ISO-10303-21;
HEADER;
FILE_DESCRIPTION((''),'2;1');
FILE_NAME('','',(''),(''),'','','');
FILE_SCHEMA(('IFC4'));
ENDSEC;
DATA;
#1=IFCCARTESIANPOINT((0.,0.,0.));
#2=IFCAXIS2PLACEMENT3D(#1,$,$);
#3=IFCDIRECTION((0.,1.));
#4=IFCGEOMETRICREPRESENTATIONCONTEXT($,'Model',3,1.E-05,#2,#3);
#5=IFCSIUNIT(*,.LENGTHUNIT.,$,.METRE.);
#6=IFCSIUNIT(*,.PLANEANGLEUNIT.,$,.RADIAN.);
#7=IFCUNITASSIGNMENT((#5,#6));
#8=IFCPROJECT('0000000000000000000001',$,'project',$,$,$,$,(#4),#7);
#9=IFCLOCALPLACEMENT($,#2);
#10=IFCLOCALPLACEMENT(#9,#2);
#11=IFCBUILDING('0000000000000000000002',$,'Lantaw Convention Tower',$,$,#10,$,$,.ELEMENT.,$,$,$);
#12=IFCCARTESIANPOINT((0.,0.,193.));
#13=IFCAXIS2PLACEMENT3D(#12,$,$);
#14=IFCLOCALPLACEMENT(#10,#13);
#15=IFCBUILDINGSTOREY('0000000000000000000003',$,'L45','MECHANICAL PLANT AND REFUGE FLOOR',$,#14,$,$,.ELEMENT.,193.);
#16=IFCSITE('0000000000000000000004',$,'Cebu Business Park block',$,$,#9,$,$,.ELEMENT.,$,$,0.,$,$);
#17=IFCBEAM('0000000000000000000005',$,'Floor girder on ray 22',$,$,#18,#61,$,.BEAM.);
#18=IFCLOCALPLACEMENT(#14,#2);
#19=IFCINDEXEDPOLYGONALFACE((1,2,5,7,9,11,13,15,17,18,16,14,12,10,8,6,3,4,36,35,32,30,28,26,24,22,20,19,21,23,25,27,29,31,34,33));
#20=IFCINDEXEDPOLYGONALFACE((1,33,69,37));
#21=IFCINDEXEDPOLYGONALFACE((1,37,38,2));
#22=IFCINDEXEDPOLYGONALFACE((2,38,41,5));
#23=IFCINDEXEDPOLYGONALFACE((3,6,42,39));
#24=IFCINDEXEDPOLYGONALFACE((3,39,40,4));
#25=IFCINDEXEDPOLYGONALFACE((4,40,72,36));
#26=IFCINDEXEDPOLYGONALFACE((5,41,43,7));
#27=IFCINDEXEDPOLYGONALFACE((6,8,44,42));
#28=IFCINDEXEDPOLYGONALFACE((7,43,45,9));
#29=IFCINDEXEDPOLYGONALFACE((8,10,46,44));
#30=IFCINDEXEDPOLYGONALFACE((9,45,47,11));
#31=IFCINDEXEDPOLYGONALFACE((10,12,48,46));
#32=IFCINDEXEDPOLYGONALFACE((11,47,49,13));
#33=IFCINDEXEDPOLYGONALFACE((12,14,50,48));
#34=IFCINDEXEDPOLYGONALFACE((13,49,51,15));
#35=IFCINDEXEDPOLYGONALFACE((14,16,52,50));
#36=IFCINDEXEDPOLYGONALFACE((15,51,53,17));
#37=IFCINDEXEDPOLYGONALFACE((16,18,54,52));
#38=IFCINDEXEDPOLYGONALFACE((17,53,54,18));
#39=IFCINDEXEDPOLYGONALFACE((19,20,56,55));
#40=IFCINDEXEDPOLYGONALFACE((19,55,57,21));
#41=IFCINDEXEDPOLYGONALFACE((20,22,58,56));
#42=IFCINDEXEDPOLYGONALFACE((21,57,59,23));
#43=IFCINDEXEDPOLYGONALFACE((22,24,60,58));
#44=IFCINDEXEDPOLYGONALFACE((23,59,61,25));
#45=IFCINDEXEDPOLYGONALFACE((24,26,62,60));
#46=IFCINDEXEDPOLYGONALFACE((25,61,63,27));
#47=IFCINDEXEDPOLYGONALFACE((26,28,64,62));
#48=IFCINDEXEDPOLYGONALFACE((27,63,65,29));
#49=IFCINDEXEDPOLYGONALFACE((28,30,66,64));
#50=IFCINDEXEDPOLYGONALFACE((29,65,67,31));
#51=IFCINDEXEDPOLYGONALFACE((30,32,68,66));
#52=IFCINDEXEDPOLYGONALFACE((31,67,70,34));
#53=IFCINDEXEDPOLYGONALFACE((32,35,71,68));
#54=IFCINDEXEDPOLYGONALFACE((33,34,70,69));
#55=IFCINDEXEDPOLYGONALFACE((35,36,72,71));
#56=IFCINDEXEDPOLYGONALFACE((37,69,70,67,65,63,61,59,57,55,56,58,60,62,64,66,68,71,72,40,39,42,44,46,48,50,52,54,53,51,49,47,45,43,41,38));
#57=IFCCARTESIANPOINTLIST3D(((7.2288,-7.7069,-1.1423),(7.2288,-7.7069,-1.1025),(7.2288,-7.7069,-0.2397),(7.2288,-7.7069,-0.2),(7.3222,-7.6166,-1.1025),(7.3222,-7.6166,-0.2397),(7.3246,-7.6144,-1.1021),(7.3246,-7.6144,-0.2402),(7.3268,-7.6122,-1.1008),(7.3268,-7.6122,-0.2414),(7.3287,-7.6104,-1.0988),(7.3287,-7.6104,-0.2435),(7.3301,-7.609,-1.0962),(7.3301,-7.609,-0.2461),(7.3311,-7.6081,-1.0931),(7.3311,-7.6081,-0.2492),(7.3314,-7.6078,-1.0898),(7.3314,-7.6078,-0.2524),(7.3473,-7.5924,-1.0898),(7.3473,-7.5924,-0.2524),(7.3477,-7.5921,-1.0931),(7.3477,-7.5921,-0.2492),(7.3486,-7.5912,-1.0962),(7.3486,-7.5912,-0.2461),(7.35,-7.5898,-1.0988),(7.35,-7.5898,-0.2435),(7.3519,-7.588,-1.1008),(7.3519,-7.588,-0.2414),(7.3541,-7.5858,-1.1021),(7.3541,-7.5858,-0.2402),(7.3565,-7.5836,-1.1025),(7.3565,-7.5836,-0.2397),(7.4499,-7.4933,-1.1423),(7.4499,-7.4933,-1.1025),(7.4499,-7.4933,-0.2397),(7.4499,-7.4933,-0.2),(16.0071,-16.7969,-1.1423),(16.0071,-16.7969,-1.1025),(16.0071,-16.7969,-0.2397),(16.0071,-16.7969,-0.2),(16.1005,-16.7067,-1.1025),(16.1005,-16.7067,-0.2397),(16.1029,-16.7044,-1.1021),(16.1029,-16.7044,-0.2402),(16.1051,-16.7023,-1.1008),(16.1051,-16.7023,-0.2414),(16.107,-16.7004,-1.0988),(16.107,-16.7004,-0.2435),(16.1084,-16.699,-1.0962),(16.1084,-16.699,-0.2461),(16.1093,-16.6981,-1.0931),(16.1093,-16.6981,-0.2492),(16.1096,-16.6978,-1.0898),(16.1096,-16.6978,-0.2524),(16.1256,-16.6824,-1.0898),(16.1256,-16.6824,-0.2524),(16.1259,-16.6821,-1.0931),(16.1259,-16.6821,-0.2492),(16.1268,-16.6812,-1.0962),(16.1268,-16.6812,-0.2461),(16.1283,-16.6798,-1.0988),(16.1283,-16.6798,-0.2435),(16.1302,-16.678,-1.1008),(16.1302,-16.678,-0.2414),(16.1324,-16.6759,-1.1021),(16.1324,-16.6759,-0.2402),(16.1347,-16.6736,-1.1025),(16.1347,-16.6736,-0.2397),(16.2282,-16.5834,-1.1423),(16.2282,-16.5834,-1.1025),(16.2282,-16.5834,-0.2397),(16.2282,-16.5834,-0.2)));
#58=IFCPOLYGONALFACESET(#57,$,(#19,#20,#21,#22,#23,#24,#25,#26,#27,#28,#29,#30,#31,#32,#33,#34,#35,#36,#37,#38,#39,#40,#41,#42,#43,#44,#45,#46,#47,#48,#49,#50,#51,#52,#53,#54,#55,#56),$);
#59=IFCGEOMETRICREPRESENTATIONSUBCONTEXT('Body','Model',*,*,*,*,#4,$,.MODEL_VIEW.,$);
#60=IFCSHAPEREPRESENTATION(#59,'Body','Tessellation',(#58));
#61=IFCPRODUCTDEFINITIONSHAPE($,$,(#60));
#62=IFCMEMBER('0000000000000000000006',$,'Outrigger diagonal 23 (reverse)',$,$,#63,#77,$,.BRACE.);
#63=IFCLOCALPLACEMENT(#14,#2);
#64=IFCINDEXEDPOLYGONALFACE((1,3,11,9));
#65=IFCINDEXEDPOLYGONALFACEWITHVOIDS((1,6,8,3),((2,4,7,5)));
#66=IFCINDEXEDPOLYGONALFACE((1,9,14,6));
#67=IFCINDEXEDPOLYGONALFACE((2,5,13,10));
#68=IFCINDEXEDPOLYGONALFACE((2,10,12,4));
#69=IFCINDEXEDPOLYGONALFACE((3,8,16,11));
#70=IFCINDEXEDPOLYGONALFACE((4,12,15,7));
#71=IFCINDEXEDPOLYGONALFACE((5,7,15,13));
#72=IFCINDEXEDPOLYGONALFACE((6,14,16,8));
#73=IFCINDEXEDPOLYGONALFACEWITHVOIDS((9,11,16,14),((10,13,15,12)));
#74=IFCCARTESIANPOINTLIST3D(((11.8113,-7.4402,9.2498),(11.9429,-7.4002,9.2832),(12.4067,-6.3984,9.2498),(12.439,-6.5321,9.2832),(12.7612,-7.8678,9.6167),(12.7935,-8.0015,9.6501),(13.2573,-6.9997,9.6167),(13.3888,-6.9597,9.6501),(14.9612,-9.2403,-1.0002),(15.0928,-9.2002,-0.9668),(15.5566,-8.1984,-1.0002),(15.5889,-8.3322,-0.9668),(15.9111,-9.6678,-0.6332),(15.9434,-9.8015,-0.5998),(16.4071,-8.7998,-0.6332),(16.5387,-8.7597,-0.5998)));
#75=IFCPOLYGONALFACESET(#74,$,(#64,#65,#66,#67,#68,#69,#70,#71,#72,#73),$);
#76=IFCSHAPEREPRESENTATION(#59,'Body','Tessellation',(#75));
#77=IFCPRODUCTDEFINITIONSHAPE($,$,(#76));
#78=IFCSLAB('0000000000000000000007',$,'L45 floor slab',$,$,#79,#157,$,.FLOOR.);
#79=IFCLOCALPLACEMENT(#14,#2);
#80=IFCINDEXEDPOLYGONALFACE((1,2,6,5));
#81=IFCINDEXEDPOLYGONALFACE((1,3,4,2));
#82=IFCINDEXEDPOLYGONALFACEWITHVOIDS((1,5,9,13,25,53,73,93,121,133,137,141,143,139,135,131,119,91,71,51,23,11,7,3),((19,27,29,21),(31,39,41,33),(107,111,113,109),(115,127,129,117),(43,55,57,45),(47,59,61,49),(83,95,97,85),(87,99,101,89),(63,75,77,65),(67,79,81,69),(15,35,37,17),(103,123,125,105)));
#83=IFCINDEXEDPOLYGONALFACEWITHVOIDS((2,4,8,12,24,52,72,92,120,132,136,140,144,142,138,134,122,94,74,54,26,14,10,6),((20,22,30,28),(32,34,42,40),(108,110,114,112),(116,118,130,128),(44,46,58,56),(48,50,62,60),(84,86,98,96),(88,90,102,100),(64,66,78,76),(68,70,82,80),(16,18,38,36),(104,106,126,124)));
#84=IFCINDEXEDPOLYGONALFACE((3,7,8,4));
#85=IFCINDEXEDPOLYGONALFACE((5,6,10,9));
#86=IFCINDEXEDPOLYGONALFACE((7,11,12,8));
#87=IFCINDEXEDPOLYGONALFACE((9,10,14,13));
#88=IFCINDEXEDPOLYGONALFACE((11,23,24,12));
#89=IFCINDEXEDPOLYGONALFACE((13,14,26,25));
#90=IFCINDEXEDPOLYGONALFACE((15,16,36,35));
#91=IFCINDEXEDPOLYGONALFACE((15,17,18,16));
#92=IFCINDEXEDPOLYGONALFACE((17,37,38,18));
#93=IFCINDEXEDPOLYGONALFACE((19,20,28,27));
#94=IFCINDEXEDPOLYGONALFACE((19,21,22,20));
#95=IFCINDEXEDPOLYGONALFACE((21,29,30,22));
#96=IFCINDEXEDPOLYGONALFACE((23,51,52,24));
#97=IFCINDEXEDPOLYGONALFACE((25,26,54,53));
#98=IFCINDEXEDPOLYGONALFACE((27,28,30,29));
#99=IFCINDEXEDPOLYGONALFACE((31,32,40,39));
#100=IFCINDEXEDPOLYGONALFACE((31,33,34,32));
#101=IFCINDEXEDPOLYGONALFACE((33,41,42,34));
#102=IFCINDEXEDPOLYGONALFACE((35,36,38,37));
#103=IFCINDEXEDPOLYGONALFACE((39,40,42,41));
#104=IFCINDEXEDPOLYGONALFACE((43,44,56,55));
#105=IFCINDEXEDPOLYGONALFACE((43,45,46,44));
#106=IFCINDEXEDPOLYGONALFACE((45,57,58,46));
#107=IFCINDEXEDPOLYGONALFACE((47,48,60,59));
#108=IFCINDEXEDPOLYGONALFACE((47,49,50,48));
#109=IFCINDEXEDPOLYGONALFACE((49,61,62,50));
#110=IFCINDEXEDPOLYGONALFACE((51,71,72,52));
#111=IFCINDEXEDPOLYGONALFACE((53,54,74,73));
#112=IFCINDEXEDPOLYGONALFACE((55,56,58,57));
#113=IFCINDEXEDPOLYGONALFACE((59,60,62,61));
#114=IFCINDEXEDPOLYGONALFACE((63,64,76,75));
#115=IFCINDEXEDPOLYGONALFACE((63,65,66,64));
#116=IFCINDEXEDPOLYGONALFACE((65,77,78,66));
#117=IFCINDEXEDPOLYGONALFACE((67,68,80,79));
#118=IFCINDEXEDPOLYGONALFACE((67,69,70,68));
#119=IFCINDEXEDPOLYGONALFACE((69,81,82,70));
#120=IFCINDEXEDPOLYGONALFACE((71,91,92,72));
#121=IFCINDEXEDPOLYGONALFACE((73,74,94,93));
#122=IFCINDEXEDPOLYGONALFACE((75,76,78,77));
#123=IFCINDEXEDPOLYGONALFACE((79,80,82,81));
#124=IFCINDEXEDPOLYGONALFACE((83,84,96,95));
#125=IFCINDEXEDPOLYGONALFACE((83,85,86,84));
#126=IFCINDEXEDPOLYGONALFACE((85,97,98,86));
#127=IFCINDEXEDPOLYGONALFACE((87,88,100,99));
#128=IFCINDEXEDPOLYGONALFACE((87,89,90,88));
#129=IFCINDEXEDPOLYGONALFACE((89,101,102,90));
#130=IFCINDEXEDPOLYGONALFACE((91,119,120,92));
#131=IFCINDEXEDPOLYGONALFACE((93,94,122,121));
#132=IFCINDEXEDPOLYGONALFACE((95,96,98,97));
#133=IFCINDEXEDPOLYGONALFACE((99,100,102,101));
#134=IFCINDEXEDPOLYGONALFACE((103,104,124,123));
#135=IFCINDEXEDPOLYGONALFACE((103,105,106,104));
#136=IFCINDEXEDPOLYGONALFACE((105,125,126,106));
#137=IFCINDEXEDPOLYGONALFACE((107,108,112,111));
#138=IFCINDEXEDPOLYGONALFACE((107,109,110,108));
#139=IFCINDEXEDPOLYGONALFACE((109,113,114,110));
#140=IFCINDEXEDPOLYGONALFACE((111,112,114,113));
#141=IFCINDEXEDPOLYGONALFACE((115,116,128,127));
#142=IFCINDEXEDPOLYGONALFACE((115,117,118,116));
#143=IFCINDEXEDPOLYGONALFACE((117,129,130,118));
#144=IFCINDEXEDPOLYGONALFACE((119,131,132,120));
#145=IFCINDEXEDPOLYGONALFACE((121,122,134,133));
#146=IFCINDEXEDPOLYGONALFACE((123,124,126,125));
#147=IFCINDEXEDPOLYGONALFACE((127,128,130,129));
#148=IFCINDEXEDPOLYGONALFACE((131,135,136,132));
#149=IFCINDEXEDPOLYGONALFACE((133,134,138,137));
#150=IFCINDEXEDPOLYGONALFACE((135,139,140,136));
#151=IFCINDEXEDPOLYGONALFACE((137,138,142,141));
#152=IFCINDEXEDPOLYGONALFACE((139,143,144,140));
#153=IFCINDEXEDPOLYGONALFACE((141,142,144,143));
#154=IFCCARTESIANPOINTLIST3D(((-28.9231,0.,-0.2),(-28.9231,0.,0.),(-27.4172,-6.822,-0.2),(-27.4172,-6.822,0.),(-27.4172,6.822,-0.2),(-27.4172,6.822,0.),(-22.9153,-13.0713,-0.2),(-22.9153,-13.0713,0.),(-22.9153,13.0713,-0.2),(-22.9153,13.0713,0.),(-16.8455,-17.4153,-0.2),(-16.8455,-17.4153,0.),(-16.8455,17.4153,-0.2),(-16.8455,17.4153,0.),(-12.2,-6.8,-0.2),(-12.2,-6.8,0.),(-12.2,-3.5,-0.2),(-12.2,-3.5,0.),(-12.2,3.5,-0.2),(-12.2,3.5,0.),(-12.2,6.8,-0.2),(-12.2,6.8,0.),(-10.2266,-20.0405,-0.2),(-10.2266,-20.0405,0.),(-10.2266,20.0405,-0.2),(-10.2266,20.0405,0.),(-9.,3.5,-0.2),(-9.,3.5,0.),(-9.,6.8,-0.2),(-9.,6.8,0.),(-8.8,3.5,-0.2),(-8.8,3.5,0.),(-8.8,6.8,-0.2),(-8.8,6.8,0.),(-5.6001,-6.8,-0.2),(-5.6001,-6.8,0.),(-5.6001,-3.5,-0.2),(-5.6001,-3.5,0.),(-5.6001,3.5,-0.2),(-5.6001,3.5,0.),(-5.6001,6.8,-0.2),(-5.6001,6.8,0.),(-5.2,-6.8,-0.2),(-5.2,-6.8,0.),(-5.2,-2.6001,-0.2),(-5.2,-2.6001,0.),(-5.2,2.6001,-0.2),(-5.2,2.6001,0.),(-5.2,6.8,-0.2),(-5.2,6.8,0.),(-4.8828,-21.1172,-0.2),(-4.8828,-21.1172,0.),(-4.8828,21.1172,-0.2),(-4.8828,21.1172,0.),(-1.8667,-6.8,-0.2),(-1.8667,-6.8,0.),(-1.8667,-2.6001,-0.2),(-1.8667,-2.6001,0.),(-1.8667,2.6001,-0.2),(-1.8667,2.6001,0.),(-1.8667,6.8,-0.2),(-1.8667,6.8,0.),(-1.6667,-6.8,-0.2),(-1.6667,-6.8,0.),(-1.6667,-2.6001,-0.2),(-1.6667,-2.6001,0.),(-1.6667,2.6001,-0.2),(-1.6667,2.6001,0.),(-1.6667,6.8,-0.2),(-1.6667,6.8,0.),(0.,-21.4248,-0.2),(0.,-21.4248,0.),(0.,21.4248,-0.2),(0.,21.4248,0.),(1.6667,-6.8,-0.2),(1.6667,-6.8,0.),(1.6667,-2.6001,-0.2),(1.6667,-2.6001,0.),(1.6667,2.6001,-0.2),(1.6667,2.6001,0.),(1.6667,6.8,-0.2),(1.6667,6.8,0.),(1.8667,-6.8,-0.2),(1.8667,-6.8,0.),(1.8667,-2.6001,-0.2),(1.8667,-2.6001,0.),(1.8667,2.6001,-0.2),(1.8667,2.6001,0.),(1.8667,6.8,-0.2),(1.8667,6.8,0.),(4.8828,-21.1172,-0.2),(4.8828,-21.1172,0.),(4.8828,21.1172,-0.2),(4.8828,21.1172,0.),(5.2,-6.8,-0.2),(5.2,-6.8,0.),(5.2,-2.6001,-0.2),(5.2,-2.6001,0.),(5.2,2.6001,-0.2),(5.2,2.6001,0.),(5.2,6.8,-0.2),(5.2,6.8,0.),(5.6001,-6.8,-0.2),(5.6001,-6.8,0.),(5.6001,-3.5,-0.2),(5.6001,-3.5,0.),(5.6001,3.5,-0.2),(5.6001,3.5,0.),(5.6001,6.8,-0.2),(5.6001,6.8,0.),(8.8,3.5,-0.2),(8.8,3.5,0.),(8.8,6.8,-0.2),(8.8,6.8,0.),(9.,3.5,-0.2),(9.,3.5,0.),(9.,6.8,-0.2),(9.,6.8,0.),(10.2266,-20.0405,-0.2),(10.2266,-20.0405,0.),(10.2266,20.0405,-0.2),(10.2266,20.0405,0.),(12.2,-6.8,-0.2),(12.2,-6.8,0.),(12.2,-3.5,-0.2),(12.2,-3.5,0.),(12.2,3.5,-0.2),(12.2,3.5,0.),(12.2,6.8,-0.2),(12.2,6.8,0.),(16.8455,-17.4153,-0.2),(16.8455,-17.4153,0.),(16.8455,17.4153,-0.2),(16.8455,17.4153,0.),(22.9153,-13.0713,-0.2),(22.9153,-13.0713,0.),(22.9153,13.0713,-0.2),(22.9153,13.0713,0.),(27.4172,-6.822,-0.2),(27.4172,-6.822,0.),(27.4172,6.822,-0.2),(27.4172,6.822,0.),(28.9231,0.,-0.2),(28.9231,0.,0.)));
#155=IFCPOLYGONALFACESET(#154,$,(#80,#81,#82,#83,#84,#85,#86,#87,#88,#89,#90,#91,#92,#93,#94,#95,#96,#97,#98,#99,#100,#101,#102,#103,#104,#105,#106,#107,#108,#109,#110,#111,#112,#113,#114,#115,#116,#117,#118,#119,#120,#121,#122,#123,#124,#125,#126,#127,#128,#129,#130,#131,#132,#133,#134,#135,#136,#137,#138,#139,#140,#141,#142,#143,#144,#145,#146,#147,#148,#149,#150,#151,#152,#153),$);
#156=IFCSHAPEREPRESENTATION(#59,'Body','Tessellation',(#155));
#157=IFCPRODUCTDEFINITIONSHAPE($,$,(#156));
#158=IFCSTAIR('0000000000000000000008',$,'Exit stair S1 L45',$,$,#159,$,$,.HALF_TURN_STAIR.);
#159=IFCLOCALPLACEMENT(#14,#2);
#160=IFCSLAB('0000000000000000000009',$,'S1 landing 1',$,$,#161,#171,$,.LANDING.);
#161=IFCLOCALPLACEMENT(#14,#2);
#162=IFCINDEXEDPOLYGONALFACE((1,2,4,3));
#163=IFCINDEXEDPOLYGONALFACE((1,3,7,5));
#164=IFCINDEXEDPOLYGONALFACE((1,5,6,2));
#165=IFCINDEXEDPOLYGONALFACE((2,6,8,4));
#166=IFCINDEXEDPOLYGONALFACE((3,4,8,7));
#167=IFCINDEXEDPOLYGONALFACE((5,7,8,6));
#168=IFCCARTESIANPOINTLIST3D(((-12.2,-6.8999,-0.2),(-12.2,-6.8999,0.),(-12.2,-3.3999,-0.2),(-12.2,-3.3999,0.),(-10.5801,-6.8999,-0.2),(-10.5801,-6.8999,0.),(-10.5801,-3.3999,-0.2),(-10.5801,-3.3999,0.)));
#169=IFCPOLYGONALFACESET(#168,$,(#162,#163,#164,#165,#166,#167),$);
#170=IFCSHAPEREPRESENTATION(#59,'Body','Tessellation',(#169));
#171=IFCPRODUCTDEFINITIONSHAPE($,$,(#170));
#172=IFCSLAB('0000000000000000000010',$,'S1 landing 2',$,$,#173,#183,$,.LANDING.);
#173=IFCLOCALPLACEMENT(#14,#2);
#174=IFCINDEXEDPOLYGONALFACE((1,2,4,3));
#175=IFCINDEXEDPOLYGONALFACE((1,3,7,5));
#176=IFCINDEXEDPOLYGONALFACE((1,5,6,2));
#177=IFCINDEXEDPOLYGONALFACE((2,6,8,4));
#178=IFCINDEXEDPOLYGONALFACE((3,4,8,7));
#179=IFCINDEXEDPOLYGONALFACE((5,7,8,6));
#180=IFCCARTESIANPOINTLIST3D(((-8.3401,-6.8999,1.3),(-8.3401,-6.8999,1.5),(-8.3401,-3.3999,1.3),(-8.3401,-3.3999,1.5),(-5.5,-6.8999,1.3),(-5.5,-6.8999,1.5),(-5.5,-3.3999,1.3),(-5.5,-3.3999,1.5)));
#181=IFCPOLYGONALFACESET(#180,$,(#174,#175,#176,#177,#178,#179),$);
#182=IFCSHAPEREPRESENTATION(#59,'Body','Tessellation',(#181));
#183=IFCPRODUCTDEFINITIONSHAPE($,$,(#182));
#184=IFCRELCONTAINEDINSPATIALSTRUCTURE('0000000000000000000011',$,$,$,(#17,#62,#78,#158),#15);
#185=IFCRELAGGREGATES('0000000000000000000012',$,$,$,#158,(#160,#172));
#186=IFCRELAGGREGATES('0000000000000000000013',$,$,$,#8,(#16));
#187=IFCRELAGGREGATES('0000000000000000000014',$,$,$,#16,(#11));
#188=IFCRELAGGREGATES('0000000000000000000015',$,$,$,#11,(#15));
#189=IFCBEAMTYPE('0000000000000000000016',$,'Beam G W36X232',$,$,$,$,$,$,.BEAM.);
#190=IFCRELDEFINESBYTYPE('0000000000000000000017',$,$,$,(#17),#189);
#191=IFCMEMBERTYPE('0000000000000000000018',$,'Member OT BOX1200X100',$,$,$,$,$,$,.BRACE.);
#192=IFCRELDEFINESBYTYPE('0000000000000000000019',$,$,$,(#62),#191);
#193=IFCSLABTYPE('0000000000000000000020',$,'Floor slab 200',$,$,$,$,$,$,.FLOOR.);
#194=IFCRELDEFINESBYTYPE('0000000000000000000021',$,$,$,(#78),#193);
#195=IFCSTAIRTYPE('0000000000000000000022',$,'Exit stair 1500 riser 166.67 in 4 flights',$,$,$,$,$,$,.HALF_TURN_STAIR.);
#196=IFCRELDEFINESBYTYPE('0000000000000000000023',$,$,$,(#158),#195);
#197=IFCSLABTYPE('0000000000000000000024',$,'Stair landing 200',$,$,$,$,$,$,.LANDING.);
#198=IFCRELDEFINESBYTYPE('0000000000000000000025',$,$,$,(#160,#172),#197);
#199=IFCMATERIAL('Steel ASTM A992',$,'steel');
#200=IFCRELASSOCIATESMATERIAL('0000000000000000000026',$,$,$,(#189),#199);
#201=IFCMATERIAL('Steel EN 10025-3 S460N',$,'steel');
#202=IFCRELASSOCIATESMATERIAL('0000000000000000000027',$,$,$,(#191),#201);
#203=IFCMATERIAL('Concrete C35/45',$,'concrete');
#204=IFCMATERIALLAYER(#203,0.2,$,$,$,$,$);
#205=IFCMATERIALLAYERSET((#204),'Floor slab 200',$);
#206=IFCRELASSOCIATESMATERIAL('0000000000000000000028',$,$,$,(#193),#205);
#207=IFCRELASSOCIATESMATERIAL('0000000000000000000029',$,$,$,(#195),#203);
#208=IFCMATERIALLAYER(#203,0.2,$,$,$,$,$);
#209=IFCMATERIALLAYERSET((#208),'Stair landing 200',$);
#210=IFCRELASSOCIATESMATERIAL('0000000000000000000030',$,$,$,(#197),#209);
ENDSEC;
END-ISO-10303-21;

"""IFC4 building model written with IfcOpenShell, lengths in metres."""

from ifc_helpers import new_model, si_unit, direction, frame, origin, origin_2d, place, context, subcontext, project, spatial, polyline, hollow_rectangle, i_section, outline, extrude, material, layer, layer_set, material_profile, profile_set, type_object, element, aggregate, save


model = new_model("IFC4")

# Units and contexts
model_context = context("Model", 3, precision=1e-05, world=origin(), true_north=direction((0.0, 1.0)))
body_context = subcontext(model_context, "Body", "Model", "MODEL_VIEW")
ifc_project = project(units=[si_unit("LENGTHUNIT", "METRE"), si_unit("PLANEANGLEUNIT", "RADIAN")], contexts=[model_context])

# Site, building, storey
site_placement = place(None, origin())
site = spatial("IfcSite", under=ifc_project, at=site_placement, Name="Cebu Business Park block", CompositionType="ELEMENT", RefElevation=0.0)
building_placement = place(site_placement, origin())
building = spatial("IfcBuilding", under=site, at=building_placement, Name="Lantaw Convention Tower", CompositionType="ELEMENT")
storey_placement = place(building_placement, frame((0.0, 0.0, 193.0)))
storey = spatial("IfcBuildingStorey", under=building, at=storey_placement, Name="L45", Description="MECHANICAL PLANT AND REFUGE FLOOR", CompositionType="ELEMENT", Elevation=193.0)

# Beam
ifc_material_1 = material(Name="Steel ASTM A992", Category="steel")
ifc_material_profile_1 = material_profile(ifc_material_1, i_section(OverallWidth=0.3074, OverallDepth=0.9424, WebThickness=0.0222, FlangeThickness=0.0398, FilletRadius=0.0127, at=origin_2d()), Name="W36X232")
ifc_profile_set_1 = profile_set([ifc_material_profile_1], Name="Steel ASTM A992")
beam_type = type_object("IfcBeamType", Name="Beam G W36X232", PredefinedType="BEAM", material=ifc_profile_set_1)
beam_placement = place(storey_placement, frame((7.3394, -7.6001, -0.6711), z_axis=(0.694663, -0.719335, 0.0), x_axis=(0.719335, 0.694663, 0.0)))
element("IfcBeam", 1, at=beam_placement, inside=storey, type_object=beam_type, Name="Floor girder on ray 22", PredefinedType="BEAM", context=body_context, shape_type="SweptSolid", body=[
    extrude(i_section(OverallWidth=0.3074, OverallDepth=0.9424, WebThickness=0.0222, FlangeThickness=0.0398, FilletRadius=0.0127, at=origin_2d()), origin(), (0.0, 0.0, 1.0), 12.6367),
])

# Member
ifc_material_2 = material(Name="Steel EN 10025-3 S460N", Category="steel")
ifc_material_profile_2 = material_profile(ifc_material_2, hollow_rectangle(XDim=1.2, YDim=1.2, WallThickness=0.1001, at=origin_2d()), Name="BOX1200X100")
ifc_profile_set_2 = profile_set([ifc_material_profile_2], Name="Steel EN 10025-3 S460N")
member_type = type_object("IfcMemberType", Name="Member OT BOX1200X100", PredefinedType="BRACE", material=ifc_profile_set_2)
member_placement = place(storey_placement, frame((12.6001, -7.2, 9.45), z_axis=(0.289696, -0.16555, -0.942692), x_axis=(0.496161, 0.868231, 0.0)))
element("IfcMember", 2, at=member_placement, inside=storey, type_object=member_type, Name="Outrigger diagonal 23 (reverse)", PredefinedType="BRACE", context=body_context, shape_type="SweptSolid", body=[
    extrude(hollow_rectangle(XDim=1.2, YDim=1.2, WallThickness=0.1001, at=origin_2d()), origin(), (0.0, 0.0, 1.0), 10.873),
])

# Slab
ifc_material_3 = material(Name="Concrete C35/45", Category="concrete")
ifc_layer_1 = layer(ifc_material_3, 0.2)
ifc_layer_set_1 = layer_set([ifc_layer_1], Name="Floor slab 200")
slab_type_1 = type_object("IfcSlabType", Name="Floor slab 200", PredefinedType="FLOOR", material=ifc_layer_set_1)
slab_1_placement = place(storey_placement, frame((0.0, 0.0, -0.2)))
element("IfcSlab", 3, at=slab_1_placement, inside=storey, type_object=slab_type_1, Name="L45 floor slab", PredefinedType="FLOOR", context=body_context, shape_type="SweptSolid", body=[
    extrude(outline(polyline([(27.4172, -6.822), (28.9231, 0.0), (27.4172, 6.822), (22.9153, 13.0713), (16.8455, 17.4153), (10.2266, 20.0405), (4.8828, 21.1172), (0.0, 21.4248), (-4.8828, 21.1172), (-10.2266, 20.0405), (-16.8455, 17.4153), (-22.9153, 13.0713), (-27.4172, 6.822), (-28.9231, 0.0), (-27.4172, -6.822), (-22.9153, -13.0713), (-16.8455, -17.4153), (-10.2266, -20.0405), (-4.8828, -21.1172), (0.0, -21.4248), (4.8828, -21.1172), (10.2266, -20.0405), (16.8455, -17.4153), (22.9153, -13.0713), (27.4172, -6.822)]), holes=[polyline([(-5.6001, -3.5), (-12.2, -3.5), (-12.2, -6.8), (-5.6001, -6.8), (-5.6001, -3.5)]), polyline([(-1.8667, -6.8), (-1.8667, -2.6001), (-5.2, -2.6001), (-5.2, -6.8), (-1.8667, -6.8)]), polyline([(-1.8667, 2.6001), (-1.8667, 6.8), (-5.2, 6.8), (-5.2, 2.6001), (-1.8667, 2.6001)]), polyline([(1.6667, 6.8), (-1.6667, 6.8), (-1.6667, 2.6001), (1.6667, 2.6001), (1.6667, 6.8)]), polyline([(-9.0, 3.5), (-9.0, 6.8), (-12.2, 6.8), (-12.2, 3.5), (-9.0, 3.5)]), polyline([(-5.6001, 3.5), (-5.6001, 6.8), (-8.8, 6.8), (-8.8, 3.5), (-5.6001, 3.5)]), polyline([(12.2, -3.5), (5.6001, -3.5), (5.6001, -6.8), (12.2, -6.8), (12.2, -3.5)]), polyline([(1.6667, -6.8), (1.6667, -2.6001), (-1.6667, -2.6001), (-1.6667, -6.8), (1.6667, -6.8)]), polyline([(5.2, -6.8), (5.2, -2.6001), (1.8667, -2.6001), (1.8667, -6.8), (5.2, -6.8)]), polyline([(5.2, 6.8), (1.8667, 6.8), (1.8667, 2.6001), (5.2, 2.6001), (5.2, 6.8)]), polyline([(8.8, 3.5), (8.8, 6.8), (5.6001, 6.8), (5.6001, 3.5), (8.8, 3.5)]), polyline([(12.2, 3.5), (12.2, 6.8), (9.0, 6.8), (9.0, 3.5), (12.2, 3.5)])]), origin(), (0.0, 0.0, 1.0), 0.2),
])

# Stair, slabs
stair_type = type_object("IfcStairType", Name="Exit stair 1500 riser 166.67 in 4 flights", PredefinedType="HALF_TURN_STAIR", material=ifc_material_3)
stair_1_placement = place(storey_placement, origin())
stair_1 = element("IfcStair", 4, at=stair_1_placement, inside=storey, type_object=stair_type, Name="Exit stair S1 L45", PredefinedType="HALF_TURN_STAIR")
ifc_layer_2 = layer(ifc_material_3, 0.2)
ifc_layer_set_2 = layer_set([ifc_layer_2], Name="Stair landing 200")
slab_type_2 = type_object("IfcSlabType", Name="Stair landing 200", PredefinedType="LANDING", material=ifc_layer_set_2)
slab_2_placement = place(storey_placement, frame((0.0, 0.0, -0.2)))
slab_2 = element("IfcSlab", 5, at=slab_2_placement, type_object=slab_type_2, Name="S1 landing 1", PredefinedType="LANDING", context=body_context, shape_type="SweptSolid", body=[
    extrude(outline(polyline([(-12.2, -6.8999), (-10.5801, -6.8999), (-10.5801, -3.3999), (-12.2, -3.3999), (-12.2, -6.8999)])), origin(), (0.0, 0.0, 1.0), 0.2),
])
slab_3_placement = place(storey_placement, frame((0.0, 0.0, 1.3)))
slab_3 = element("IfcSlab", 6, at=slab_3_placement, type_object=slab_type_2, Name="S1 landing 2", PredefinedType="LANDING", context=body_context, shape_type="SweptSolid", body=[
    extrude(outline(polyline([(-8.3401, -6.8999), (-5.5, -6.8999), (-5.5, -3.3999), (-8.3401, -3.3999), (-8.3401, -6.8999)])), origin(), (0.0, 0.0, 1.0), 0.2),
])
aggregate(stair_1, [slab_2, slab_3])

save(model, "model.ifc")
